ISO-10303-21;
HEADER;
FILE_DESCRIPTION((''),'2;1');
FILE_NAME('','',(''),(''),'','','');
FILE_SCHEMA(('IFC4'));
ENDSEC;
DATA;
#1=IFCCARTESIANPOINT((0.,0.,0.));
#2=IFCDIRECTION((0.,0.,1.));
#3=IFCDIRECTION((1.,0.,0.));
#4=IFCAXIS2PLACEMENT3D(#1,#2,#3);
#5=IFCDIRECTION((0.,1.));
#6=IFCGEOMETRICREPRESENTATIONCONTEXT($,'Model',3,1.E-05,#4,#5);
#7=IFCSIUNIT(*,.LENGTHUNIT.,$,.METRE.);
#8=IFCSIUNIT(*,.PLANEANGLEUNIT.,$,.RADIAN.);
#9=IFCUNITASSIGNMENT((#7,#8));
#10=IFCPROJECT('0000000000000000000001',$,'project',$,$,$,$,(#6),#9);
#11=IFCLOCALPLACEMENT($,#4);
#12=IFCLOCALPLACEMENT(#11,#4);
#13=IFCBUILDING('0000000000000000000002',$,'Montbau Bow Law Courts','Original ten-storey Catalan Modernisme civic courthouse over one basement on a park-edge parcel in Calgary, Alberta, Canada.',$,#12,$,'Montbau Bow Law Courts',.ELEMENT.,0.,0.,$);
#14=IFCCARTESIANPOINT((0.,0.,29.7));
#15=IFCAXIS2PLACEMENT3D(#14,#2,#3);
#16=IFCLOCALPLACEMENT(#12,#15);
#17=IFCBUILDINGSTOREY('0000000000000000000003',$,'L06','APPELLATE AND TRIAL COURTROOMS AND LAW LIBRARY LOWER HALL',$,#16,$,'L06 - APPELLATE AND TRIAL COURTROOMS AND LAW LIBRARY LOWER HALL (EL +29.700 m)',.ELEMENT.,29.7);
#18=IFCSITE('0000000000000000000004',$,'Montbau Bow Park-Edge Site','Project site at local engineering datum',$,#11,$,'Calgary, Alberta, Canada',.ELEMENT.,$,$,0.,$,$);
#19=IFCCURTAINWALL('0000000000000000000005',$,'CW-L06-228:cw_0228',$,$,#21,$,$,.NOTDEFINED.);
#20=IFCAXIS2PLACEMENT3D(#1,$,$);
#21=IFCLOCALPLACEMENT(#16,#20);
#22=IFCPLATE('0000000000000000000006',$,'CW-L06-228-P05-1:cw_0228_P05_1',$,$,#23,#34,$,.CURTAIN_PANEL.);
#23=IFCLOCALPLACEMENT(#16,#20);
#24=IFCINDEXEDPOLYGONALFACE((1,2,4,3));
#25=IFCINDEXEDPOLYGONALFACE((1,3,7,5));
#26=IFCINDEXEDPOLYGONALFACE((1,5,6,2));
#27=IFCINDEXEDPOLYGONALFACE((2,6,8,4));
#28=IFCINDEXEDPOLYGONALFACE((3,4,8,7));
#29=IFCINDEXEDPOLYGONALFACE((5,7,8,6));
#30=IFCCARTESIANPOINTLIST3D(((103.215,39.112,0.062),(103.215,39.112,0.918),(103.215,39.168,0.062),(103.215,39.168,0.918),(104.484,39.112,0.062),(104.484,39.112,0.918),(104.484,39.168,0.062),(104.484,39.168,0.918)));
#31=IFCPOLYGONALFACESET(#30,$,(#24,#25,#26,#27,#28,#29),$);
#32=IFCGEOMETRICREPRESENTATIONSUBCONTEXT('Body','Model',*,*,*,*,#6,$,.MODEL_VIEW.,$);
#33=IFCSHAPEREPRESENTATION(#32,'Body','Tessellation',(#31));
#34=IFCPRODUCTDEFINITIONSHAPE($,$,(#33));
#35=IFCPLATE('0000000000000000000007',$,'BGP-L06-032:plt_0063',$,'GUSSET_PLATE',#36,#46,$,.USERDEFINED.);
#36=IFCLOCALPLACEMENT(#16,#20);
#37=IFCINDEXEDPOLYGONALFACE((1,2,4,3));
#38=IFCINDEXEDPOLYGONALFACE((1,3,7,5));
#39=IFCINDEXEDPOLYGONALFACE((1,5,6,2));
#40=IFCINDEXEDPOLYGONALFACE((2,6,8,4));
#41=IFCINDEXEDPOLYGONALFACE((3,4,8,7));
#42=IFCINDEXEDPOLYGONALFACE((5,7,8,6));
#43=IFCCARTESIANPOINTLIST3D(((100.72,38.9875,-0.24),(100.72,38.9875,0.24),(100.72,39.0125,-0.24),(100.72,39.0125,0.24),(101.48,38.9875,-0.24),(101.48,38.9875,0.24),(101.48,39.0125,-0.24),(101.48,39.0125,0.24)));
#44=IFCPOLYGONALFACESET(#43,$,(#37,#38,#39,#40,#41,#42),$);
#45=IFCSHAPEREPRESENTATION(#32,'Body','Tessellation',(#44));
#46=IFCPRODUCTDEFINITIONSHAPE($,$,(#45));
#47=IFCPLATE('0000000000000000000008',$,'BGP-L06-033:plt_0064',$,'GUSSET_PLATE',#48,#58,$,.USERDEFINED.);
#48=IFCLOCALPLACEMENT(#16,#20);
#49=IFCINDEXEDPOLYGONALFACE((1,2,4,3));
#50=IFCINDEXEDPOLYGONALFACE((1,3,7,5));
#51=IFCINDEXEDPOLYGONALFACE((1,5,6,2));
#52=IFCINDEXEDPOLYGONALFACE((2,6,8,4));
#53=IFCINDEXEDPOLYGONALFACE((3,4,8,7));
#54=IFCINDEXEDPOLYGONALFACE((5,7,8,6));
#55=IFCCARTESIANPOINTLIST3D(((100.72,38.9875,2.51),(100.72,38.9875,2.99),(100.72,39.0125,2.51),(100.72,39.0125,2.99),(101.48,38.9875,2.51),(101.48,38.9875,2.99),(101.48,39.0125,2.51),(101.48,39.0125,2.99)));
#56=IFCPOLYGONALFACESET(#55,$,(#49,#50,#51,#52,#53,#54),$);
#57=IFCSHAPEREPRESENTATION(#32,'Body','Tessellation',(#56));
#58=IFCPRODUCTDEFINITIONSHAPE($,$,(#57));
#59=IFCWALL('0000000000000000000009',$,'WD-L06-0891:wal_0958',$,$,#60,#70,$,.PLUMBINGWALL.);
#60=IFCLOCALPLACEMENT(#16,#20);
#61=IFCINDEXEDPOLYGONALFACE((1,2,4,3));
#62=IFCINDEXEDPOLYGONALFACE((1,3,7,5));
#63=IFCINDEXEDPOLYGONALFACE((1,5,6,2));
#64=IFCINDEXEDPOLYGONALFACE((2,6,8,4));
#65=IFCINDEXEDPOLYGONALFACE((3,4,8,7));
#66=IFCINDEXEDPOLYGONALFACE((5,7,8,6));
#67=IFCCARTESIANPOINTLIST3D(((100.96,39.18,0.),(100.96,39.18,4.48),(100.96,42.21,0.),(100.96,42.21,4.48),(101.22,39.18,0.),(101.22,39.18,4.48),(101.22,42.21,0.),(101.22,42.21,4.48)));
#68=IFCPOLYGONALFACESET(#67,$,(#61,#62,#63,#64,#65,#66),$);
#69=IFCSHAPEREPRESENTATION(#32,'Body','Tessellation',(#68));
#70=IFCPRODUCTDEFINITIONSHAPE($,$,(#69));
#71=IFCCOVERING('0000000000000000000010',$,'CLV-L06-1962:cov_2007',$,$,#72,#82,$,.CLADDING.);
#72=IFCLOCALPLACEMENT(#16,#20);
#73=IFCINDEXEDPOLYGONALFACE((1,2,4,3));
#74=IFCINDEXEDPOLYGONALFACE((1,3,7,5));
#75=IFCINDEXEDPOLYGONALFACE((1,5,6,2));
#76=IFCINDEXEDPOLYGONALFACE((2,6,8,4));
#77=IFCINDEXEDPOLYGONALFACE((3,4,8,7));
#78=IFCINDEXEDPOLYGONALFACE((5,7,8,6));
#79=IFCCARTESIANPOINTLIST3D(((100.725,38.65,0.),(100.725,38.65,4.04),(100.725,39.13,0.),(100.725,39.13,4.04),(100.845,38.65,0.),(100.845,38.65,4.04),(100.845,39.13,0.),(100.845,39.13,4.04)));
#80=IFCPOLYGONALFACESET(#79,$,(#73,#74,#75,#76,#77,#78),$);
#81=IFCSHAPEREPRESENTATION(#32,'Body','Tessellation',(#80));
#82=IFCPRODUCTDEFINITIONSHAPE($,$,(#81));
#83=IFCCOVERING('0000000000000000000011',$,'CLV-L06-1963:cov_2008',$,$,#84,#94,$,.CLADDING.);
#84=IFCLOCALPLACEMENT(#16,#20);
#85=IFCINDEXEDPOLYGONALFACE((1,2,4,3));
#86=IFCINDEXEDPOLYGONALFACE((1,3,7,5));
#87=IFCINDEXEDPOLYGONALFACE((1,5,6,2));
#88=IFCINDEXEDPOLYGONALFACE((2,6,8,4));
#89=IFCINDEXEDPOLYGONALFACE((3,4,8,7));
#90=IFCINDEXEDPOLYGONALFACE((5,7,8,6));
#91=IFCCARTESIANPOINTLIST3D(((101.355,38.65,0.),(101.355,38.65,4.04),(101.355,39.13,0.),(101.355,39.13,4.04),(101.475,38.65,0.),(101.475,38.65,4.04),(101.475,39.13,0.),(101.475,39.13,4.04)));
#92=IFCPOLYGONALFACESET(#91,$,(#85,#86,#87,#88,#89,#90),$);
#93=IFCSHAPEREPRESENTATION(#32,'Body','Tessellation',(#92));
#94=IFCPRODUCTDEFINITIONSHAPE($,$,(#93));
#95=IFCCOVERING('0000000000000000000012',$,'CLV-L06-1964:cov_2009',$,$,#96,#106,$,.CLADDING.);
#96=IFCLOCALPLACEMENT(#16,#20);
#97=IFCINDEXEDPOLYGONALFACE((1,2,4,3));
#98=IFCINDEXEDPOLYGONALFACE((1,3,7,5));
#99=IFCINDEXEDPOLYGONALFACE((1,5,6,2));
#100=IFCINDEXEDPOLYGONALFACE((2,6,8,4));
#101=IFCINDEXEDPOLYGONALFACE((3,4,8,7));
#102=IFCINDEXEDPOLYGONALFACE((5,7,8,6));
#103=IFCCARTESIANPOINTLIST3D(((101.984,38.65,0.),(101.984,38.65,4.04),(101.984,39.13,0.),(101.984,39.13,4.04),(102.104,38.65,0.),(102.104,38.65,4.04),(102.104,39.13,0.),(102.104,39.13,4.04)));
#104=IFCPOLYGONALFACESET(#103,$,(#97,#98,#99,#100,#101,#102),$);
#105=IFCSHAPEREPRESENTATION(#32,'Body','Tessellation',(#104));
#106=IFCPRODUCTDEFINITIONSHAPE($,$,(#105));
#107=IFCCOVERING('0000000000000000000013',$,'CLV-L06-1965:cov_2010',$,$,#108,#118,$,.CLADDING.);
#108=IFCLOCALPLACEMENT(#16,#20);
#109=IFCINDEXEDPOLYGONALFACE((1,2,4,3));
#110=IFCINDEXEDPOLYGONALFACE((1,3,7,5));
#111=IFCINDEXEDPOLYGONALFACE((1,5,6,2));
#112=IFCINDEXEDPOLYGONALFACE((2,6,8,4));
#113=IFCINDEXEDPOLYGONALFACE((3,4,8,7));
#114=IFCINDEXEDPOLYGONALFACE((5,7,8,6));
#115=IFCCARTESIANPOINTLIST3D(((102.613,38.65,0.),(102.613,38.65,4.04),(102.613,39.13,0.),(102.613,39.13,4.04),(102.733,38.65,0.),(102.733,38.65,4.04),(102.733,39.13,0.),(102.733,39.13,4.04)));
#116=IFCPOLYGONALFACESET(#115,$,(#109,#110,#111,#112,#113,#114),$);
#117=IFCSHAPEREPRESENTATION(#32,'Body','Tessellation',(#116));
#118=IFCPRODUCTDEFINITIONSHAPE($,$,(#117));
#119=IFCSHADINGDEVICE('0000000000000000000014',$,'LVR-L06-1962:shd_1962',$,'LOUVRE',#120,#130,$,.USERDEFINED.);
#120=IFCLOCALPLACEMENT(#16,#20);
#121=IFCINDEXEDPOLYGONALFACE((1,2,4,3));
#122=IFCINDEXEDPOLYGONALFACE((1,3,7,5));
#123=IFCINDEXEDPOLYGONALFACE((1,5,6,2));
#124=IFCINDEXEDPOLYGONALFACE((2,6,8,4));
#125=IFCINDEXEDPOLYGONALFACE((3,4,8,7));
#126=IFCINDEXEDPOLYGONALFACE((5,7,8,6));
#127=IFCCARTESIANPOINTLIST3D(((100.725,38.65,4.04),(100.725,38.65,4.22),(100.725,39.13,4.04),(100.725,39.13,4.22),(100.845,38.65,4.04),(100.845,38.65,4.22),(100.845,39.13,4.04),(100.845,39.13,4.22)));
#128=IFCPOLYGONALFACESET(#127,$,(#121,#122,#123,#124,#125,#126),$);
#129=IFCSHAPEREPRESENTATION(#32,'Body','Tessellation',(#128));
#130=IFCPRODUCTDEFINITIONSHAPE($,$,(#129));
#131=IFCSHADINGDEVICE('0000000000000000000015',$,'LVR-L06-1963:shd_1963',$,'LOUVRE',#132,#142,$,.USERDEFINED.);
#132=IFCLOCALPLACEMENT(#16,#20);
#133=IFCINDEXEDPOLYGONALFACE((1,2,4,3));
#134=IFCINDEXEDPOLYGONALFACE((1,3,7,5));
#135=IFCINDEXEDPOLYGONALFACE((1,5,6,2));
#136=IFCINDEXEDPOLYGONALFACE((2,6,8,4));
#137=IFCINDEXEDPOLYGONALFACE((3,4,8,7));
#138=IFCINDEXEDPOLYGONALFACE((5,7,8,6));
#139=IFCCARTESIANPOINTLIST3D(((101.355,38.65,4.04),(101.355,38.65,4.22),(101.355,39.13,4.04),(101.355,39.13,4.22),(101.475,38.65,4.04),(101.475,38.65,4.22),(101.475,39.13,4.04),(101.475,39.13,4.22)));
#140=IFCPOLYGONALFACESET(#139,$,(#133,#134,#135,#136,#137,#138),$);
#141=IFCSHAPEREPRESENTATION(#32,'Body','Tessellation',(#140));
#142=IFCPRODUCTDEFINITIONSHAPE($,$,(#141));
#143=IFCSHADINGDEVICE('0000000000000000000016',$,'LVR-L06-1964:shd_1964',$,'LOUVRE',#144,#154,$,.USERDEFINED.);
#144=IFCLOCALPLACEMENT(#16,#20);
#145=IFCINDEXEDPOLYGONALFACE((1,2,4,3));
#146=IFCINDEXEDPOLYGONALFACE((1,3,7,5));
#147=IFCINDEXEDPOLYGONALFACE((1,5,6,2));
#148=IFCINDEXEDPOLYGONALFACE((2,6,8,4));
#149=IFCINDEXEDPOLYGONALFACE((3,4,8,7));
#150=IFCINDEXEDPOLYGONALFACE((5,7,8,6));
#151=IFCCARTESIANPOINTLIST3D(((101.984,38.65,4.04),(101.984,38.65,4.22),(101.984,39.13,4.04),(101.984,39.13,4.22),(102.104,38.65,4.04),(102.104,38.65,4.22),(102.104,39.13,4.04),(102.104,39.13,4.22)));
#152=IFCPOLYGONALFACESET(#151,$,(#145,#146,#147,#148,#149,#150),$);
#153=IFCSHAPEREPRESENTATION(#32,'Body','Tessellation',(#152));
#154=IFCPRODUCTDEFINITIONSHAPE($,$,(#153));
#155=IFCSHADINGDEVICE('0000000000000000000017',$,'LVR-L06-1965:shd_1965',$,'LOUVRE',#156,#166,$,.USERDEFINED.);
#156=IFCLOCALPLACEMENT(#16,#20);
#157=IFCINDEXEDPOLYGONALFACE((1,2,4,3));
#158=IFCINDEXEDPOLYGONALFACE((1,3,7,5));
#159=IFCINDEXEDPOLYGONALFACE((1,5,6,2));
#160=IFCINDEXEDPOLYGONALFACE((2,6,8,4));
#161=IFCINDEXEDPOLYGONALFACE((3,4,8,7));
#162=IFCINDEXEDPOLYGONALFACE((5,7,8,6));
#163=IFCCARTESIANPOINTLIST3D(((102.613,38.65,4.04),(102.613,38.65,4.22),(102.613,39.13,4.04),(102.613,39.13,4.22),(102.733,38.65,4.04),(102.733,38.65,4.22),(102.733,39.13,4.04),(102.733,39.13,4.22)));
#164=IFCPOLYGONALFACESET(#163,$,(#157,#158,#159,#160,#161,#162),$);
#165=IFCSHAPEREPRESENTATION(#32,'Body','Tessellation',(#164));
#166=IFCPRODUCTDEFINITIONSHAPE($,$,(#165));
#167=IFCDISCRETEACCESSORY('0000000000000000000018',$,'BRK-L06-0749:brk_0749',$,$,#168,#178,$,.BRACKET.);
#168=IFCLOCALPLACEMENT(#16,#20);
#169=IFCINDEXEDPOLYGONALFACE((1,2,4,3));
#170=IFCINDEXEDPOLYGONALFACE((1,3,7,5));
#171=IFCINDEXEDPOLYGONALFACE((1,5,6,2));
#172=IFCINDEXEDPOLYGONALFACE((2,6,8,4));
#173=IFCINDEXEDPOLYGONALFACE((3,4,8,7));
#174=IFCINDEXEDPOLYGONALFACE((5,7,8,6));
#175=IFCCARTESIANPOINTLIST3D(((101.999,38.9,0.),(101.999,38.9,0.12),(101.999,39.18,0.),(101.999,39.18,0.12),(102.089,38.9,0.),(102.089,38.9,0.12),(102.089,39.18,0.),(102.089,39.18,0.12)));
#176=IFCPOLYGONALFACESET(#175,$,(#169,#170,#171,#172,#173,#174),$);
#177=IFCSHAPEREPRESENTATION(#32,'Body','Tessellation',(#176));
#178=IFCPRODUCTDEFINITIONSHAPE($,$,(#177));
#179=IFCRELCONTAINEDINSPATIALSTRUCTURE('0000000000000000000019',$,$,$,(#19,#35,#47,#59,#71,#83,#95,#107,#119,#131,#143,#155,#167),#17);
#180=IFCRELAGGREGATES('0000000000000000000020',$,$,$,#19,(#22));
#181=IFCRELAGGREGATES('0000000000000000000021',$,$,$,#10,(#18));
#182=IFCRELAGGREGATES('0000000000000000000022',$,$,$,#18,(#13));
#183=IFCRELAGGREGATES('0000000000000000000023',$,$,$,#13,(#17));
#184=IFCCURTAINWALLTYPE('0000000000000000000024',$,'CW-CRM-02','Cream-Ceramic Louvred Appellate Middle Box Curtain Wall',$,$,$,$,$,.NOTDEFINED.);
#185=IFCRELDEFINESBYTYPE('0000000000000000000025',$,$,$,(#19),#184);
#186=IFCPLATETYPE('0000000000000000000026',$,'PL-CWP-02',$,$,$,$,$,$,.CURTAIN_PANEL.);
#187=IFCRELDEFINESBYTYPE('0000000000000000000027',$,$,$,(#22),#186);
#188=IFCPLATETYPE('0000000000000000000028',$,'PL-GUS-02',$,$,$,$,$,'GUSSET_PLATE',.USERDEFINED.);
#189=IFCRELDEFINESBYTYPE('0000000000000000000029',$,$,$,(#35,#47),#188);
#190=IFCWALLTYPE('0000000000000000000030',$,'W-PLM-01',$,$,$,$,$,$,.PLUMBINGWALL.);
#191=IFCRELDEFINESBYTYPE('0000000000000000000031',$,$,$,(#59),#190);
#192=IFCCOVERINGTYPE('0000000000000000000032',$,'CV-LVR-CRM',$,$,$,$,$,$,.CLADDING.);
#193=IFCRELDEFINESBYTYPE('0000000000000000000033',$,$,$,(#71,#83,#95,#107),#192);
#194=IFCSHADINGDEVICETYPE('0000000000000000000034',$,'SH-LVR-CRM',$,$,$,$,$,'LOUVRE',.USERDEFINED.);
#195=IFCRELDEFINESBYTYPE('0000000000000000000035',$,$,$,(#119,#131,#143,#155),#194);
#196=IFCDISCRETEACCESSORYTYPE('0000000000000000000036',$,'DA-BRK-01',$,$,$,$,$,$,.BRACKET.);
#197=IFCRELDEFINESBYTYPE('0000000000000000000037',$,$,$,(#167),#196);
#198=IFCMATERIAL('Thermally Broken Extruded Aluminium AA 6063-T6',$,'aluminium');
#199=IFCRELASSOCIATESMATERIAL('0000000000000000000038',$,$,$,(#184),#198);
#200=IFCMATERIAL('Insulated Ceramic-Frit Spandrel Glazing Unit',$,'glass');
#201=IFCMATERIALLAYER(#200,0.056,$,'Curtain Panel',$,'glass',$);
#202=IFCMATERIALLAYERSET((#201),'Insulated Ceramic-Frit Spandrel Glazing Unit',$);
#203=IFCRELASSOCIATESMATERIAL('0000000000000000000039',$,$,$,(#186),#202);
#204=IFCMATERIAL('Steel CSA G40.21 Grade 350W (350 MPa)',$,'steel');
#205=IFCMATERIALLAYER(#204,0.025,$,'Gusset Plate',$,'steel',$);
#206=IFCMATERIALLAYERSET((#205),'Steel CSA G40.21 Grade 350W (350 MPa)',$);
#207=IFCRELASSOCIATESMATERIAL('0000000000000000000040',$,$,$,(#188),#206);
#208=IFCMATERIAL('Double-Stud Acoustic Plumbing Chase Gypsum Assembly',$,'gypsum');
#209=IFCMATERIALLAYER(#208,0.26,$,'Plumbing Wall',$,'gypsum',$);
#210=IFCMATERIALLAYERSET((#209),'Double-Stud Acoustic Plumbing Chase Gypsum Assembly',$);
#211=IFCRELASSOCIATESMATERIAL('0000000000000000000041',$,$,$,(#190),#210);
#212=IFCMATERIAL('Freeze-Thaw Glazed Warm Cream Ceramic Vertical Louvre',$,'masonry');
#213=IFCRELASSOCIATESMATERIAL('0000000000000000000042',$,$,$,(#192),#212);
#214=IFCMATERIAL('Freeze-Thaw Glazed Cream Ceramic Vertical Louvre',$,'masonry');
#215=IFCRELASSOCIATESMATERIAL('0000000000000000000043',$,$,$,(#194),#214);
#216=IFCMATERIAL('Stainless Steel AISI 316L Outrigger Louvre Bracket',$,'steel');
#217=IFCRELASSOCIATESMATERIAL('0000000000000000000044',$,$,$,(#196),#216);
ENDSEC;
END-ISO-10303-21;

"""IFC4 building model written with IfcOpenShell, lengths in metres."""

from ifc_helpers import new_model, si_unit, direction, frame, frame_2d, origin_with_axes, origin_2d_with_axis, place, context, subcontext, project, spatial, rectangle, extrude, material, layer, layer_set, type_object, element, aggregate, save


model = new_model("IFC4")

# Units and contexts
model_context = context("Model", 3, precision=1e-05, world=origin_with_axes(), true_north=direction((0.0, 1.0)))
body_context = subcontext(model_context, "Body", "Model", "MODEL_VIEW")
ifc_project = project(units=[si_unit("LENGTHUNIT", "METRE"), si_unit("PLANEANGLEUNIT", "RADIAN")], contexts=[model_context])

# Site, building, storey
site_placement = place(None, origin_with_axes())
site = spatial("IfcSite", under=ifc_project, at=site_placement, Name="Montbau Bow Park-Edge Site", Description="Project site at local engineering datum", LongName="Calgary, Alberta, Canada", CompositionType="ELEMENT", RefElevation=0.0)
building_placement = place(site_placement, origin_with_axes())
building = spatial("IfcBuilding", under=site, at=building_placement, Name="Montbau Bow Law Courts", Description="Original ten-storey Catalan Modernisme civic courthouse over one basement on a park-edge parcel in Calgary, Alberta, Canada.", LongName="Montbau Bow Law Courts", CompositionType="ELEMENT", ElevationOfRefHeight=0.0, ElevationOfTerrain=0.0)
storey_placement = place(building_placement, frame((0.0, 0.0, 29.7), z_axis=(0.0, 0.0, 1.0), x_axis=(1.0, 0.0, 0.0)))
storey = spatial("IfcBuildingStorey", under=building, at=storey_placement, Name="L06", Description="APPELLATE AND TRIAL COURTROOMS AND LAW LIBRARY LOWER HALL", LongName="L06 - APPELLATE AND TRIAL COURTROOMS AND LAW LIBRARY LOWER HALL (EL +29.700 m)", CompositionType="ELEMENT", Elevation=29.7)

# Shared definitions
ifc_material_1 = material(Name="Steel CSA G40.21 Grade 350W (350 MPa)", Category="steel")

# Curtain wall
ifc_material_2 = material(Name="Thermally Broken Extruded Aluminium AA 6063-T6", Category="aluminium")
curtain_wall_type = type_object("IfcCurtainWallType", Name="CW-CRM-02", Description="Cream-Ceramic Louvred Appellate Middle Box Curtain Wall", PredefinedType="NOTDEFINED", material=ifc_material_2)
curtain_wall_placement = place(None, frame((97.64, 39.14, 29.7), z_axis=(0.0, 0.0, 1.0), x_axis=(1.0, 0.0, 0.0)))
curtain_wall = element("IfcCurtainWall", 1, at=curtain_wall_placement, inside=storey, type_object=curtain_wall_type, Name="CW-L06-228:cw_0228", PredefinedType="NOTDEFINED")

# Plate
ifc_material_3 = material(Name="Insulated Ceramic-Frit Spandrel Glazing Unit", Category="glass")
ifc_layer_1 = layer(ifc_material_3, 0.056, Name="Curtain Panel", Category="glass")
ifc_layer_set_1 = layer_set([ifc_layer_1], Name="Insulated Ceramic-Frit Spandrel Glazing Unit")
plate_type_1 = type_object("IfcPlateType", Name="PL-CWP-02", PredefinedType="CURTAIN_PANEL", material=ifc_layer_set_1)
plate_1_placement = place(None, frame((103.215, 39.14, 29.762), z_axis=(0.0, -1.0, 0.0), x_axis=(1.0, 0.0, 0.0)))
plate_1 = element("IfcPlate", 2, at=plate_1_placement, type_object=plate_type_1, Name="CW-L06-228-P05-1:cw_0228_P05_1", PredefinedType="CURTAIN_PANEL", context=body_context, shape_type="SweptSolid", body=[
    extrude(rectangle(XDim=1.269, YDim=0.856, at=frame_2d((0.6345, 0.428), x_axis=(1.0, 0.0))), frame((0.0, 0.0, -0.028), z_axis=(0.0, 0.0, 1.0), x_axis=(1.0, 0.0, 0.0)), (0.0, 0.0, 1.0), 0.056),
])
aggregate(curtain_wall, [plate_1])

# Plates
ifc_layer_2 = layer(ifc_material_1, 0.025, Name="Gusset Plate", Category="steel")
ifc_layer_set_2 = layer_set([ifc_layer_2], Name="Steel CSA G40.21 Grade 350W (350 MPa)")
plate_type_2 = type_object("IfcPlateType", Name="PL-GUS-02", ElementType="GUSSET_PLATE", PredefinedType="USERDEFINED", material=ifc_layer_set_2)
for number, where, z_axis, x_axis, name in (
    (3, (101.1, 39.0, 29.46), (0.0, 0.0, 1.0), (1.0, 0.0, 0.0), "BGP-L06-032:plt_0063"),
    (4, (101.1, 39.0, 32.21), (0.0, 0.0, 1.0), (1.0, 0.0, 0.0), "BGP-L06-033:plt_0064"),
):
    element("IfcPlate", number, at=place(None, frame(where, z_axis=z_axis, x_axis=x_axis)), inside=storey, type_object=plate_type_2, Name=name, ObjectType="GUSSET_PLATE", PredefinedType="USERDEFINED", context=body_context, shape_type="SweptSolid", body=[
        extrude(rectangle(XDim=0.76, YDim=0.025, at=origin_2d_with_axis()), origin_with_axes(), (0.0, 0.0, 1.0), 0.48),
    ])

# Wall
ifc_material_4 = material(Name="Double-Stud Acoustic Plumbing Chase Gypsum Assembly", Category="gypsum")
ifc_layer_3 = layer(ifc_material_4, 0.26, Name="Plumbing Wall", Category="gypsum")
ifc_layer_set_3 = layer_set([ifc_layer_3], Name="Double-Stud Acoustic Plumbing Chase Gypsum Assembly")
wall_type = type_object("IfcWallType", Name="W-PLM-01", PredefinedType="PLUMBINGWALL", material=ifc_layer_set_3)
wall_placement = place(None, frame((101.09, 39.18, 29.7), z_axis=(0.0, 0.0, 1.0), x_axis=(0.0, 1.0, 0.0)))
element("IfcWall", 5, at=wall_placement, inside=storey, type_object=wall_type, Name="WD-L06-0891:wal_0958", PredefinedType="PLUMBINGWALL", context=body_context, shape_type="SweptSolid", body=[
    extrude(rectangle(XDim=3.03, YDim=0.26, at=frame_2d((1.515, 0.0), x_axis=(1.0, 0.0))), origin_with_axes(), (0.0, 0.0, 1.0), 4.48),
])

# Coverings
ifc_material_5 = material(Name="Freeze-Thaw Glazed Warm Cream Ceramic Vertical Louvre", Category="masonry")
covering_type = type_object("IfcCoveringType", Name="CV-LVR-CRM", PredefinedType="CLADDING", material=ifc_material_5)
for number, where, z_axis, x_axis, name in (
    (6, (100.785, 39.13, 29.7), (-1.0, 0.0, 0.0), (0.0, -1.0, 0.0), "CLV-L06-1962:cov_2007"),
    (7, (101.415, 39.13, 29.7), (-1.0, 0.0, 0.0), (0.0, -1.0, 0.0), "CLV-L06-1963:cov_2008"),
    (8, (102.044, 39.13, 29.7), (-1.0, 0.0, 0.0), (0.0, -1.0, 0.0), "CLV-L06-1964:cov_2009"),
    (9, (102.673, 39.13, 29.7), (-1.0, 0.0, 0.0), (0.0, -1.0, 0.0), "CLV-L06-1965:cov_2010"),
):
    element("IfcCovering", number, at=place(None, frame(where, z_axis=z_axis, x_axis=x_axis)), inside=storey, type_object=covering_type, Name=name, PredefinedType="CLADDING", context=body_context, shape_type="SweptSolid", body=[
        extrude(rectangle(XDim=0.48, YDim=4.04, at=frame_2d((0.24, 2.02), x_axis=(1.0, 0.0))), frame((0.0, 0.0, -0.06), z_axis=(0.0, 0.0, 1.0), x_axis=(1.0, 0.0, 0.0)), (0.0, 0.0, 1.0), 0.12),
    ])

# Shading devices
ifc_material_6 = material(Name="Freeze-Thaw Glazed Cream Ceramic Vertical Louvre", Category="masonry")
shading_device_type = type_object("IfcShadingDeviceType", Name="SH-LVR-CRM", ElementType="LOUVRE", PredefinedType="USERDEFINED", material=ifc_material_6)
for number, where, z_axis, x_axis, name in (
    (10, (100.785, 38.89, 33.74), (0.0, 0.0, 1.0), (0.0, -1.0, 0.0), "LVR-L06-1962:shd_1962"),
    (11, (101.415, 38.89, 33.74), (0.0, 0.0, 1.0), (0.0, -1.0, 0.0), "LVR-L06-1963:shd_1963"),
    (12, (102.044, 38.89, 33.74), (0.0, 0.0, 1.0), (0.0, -1.0, 0.0), "LVR-L06-1964:shd_1964"),
    (13, (102.673, 38.89, 33.74), (0.0, 0.0, 1.0), (0.0, -1.0, 0.0), "LVR-L06-1965:shd_1965"),
):
    element("IfcShadingDevice", number, at=place(None, frame(where, z_axis=z_axis, x_axis=x_axis)), inside=storey, type_object=shading_device_type, Name=name, ObjectType="LOUVRE", PredefinedType="USERDEFINED", context=body_context, shape_type="SweptSolid", body=[
        extrude(rectangle(XDim=0.48, YDim=0.12, at=origin_2d_with_axis()), origin_with_axes(), (0.0, 0.0, 1.0), 0.18),
    ])

# Discrete accessory
ifc_material_7 = material(Name="Stainless Steel AISI 316L Outrigger Louvre Bracket", Category="steel")
discrete_accessory_type = type_object("IfcDiscreteAccessoryType", Name="DA-BRK-01", PredefinedType="BRACKET", material=ifc_material_7)
discrete_accessory_placement = place(None, frame((102.044, 39.04, 29.7), z_axis=(0.0, 0.0, 1.0), x_axis=(0.0, -1.0, 0.0)))
element("IfcDiscreteAccessory", 14, at=discrete_accessory_placement, inside=storey, type_object=discrete_accessory_type, Name="BRK-L06-0749:brk_0749", PredefinedType="BRACKET", context=body_context, shape_type="SweptSolid", body=[
    extrude(rectangle(XDim=0.28, YDim=0.09, at=origin_2d_with_axis()), origin_with_axes(), (0.0, 0.0, 1.0), 0.12),
])

save(model, "model.ifc")
